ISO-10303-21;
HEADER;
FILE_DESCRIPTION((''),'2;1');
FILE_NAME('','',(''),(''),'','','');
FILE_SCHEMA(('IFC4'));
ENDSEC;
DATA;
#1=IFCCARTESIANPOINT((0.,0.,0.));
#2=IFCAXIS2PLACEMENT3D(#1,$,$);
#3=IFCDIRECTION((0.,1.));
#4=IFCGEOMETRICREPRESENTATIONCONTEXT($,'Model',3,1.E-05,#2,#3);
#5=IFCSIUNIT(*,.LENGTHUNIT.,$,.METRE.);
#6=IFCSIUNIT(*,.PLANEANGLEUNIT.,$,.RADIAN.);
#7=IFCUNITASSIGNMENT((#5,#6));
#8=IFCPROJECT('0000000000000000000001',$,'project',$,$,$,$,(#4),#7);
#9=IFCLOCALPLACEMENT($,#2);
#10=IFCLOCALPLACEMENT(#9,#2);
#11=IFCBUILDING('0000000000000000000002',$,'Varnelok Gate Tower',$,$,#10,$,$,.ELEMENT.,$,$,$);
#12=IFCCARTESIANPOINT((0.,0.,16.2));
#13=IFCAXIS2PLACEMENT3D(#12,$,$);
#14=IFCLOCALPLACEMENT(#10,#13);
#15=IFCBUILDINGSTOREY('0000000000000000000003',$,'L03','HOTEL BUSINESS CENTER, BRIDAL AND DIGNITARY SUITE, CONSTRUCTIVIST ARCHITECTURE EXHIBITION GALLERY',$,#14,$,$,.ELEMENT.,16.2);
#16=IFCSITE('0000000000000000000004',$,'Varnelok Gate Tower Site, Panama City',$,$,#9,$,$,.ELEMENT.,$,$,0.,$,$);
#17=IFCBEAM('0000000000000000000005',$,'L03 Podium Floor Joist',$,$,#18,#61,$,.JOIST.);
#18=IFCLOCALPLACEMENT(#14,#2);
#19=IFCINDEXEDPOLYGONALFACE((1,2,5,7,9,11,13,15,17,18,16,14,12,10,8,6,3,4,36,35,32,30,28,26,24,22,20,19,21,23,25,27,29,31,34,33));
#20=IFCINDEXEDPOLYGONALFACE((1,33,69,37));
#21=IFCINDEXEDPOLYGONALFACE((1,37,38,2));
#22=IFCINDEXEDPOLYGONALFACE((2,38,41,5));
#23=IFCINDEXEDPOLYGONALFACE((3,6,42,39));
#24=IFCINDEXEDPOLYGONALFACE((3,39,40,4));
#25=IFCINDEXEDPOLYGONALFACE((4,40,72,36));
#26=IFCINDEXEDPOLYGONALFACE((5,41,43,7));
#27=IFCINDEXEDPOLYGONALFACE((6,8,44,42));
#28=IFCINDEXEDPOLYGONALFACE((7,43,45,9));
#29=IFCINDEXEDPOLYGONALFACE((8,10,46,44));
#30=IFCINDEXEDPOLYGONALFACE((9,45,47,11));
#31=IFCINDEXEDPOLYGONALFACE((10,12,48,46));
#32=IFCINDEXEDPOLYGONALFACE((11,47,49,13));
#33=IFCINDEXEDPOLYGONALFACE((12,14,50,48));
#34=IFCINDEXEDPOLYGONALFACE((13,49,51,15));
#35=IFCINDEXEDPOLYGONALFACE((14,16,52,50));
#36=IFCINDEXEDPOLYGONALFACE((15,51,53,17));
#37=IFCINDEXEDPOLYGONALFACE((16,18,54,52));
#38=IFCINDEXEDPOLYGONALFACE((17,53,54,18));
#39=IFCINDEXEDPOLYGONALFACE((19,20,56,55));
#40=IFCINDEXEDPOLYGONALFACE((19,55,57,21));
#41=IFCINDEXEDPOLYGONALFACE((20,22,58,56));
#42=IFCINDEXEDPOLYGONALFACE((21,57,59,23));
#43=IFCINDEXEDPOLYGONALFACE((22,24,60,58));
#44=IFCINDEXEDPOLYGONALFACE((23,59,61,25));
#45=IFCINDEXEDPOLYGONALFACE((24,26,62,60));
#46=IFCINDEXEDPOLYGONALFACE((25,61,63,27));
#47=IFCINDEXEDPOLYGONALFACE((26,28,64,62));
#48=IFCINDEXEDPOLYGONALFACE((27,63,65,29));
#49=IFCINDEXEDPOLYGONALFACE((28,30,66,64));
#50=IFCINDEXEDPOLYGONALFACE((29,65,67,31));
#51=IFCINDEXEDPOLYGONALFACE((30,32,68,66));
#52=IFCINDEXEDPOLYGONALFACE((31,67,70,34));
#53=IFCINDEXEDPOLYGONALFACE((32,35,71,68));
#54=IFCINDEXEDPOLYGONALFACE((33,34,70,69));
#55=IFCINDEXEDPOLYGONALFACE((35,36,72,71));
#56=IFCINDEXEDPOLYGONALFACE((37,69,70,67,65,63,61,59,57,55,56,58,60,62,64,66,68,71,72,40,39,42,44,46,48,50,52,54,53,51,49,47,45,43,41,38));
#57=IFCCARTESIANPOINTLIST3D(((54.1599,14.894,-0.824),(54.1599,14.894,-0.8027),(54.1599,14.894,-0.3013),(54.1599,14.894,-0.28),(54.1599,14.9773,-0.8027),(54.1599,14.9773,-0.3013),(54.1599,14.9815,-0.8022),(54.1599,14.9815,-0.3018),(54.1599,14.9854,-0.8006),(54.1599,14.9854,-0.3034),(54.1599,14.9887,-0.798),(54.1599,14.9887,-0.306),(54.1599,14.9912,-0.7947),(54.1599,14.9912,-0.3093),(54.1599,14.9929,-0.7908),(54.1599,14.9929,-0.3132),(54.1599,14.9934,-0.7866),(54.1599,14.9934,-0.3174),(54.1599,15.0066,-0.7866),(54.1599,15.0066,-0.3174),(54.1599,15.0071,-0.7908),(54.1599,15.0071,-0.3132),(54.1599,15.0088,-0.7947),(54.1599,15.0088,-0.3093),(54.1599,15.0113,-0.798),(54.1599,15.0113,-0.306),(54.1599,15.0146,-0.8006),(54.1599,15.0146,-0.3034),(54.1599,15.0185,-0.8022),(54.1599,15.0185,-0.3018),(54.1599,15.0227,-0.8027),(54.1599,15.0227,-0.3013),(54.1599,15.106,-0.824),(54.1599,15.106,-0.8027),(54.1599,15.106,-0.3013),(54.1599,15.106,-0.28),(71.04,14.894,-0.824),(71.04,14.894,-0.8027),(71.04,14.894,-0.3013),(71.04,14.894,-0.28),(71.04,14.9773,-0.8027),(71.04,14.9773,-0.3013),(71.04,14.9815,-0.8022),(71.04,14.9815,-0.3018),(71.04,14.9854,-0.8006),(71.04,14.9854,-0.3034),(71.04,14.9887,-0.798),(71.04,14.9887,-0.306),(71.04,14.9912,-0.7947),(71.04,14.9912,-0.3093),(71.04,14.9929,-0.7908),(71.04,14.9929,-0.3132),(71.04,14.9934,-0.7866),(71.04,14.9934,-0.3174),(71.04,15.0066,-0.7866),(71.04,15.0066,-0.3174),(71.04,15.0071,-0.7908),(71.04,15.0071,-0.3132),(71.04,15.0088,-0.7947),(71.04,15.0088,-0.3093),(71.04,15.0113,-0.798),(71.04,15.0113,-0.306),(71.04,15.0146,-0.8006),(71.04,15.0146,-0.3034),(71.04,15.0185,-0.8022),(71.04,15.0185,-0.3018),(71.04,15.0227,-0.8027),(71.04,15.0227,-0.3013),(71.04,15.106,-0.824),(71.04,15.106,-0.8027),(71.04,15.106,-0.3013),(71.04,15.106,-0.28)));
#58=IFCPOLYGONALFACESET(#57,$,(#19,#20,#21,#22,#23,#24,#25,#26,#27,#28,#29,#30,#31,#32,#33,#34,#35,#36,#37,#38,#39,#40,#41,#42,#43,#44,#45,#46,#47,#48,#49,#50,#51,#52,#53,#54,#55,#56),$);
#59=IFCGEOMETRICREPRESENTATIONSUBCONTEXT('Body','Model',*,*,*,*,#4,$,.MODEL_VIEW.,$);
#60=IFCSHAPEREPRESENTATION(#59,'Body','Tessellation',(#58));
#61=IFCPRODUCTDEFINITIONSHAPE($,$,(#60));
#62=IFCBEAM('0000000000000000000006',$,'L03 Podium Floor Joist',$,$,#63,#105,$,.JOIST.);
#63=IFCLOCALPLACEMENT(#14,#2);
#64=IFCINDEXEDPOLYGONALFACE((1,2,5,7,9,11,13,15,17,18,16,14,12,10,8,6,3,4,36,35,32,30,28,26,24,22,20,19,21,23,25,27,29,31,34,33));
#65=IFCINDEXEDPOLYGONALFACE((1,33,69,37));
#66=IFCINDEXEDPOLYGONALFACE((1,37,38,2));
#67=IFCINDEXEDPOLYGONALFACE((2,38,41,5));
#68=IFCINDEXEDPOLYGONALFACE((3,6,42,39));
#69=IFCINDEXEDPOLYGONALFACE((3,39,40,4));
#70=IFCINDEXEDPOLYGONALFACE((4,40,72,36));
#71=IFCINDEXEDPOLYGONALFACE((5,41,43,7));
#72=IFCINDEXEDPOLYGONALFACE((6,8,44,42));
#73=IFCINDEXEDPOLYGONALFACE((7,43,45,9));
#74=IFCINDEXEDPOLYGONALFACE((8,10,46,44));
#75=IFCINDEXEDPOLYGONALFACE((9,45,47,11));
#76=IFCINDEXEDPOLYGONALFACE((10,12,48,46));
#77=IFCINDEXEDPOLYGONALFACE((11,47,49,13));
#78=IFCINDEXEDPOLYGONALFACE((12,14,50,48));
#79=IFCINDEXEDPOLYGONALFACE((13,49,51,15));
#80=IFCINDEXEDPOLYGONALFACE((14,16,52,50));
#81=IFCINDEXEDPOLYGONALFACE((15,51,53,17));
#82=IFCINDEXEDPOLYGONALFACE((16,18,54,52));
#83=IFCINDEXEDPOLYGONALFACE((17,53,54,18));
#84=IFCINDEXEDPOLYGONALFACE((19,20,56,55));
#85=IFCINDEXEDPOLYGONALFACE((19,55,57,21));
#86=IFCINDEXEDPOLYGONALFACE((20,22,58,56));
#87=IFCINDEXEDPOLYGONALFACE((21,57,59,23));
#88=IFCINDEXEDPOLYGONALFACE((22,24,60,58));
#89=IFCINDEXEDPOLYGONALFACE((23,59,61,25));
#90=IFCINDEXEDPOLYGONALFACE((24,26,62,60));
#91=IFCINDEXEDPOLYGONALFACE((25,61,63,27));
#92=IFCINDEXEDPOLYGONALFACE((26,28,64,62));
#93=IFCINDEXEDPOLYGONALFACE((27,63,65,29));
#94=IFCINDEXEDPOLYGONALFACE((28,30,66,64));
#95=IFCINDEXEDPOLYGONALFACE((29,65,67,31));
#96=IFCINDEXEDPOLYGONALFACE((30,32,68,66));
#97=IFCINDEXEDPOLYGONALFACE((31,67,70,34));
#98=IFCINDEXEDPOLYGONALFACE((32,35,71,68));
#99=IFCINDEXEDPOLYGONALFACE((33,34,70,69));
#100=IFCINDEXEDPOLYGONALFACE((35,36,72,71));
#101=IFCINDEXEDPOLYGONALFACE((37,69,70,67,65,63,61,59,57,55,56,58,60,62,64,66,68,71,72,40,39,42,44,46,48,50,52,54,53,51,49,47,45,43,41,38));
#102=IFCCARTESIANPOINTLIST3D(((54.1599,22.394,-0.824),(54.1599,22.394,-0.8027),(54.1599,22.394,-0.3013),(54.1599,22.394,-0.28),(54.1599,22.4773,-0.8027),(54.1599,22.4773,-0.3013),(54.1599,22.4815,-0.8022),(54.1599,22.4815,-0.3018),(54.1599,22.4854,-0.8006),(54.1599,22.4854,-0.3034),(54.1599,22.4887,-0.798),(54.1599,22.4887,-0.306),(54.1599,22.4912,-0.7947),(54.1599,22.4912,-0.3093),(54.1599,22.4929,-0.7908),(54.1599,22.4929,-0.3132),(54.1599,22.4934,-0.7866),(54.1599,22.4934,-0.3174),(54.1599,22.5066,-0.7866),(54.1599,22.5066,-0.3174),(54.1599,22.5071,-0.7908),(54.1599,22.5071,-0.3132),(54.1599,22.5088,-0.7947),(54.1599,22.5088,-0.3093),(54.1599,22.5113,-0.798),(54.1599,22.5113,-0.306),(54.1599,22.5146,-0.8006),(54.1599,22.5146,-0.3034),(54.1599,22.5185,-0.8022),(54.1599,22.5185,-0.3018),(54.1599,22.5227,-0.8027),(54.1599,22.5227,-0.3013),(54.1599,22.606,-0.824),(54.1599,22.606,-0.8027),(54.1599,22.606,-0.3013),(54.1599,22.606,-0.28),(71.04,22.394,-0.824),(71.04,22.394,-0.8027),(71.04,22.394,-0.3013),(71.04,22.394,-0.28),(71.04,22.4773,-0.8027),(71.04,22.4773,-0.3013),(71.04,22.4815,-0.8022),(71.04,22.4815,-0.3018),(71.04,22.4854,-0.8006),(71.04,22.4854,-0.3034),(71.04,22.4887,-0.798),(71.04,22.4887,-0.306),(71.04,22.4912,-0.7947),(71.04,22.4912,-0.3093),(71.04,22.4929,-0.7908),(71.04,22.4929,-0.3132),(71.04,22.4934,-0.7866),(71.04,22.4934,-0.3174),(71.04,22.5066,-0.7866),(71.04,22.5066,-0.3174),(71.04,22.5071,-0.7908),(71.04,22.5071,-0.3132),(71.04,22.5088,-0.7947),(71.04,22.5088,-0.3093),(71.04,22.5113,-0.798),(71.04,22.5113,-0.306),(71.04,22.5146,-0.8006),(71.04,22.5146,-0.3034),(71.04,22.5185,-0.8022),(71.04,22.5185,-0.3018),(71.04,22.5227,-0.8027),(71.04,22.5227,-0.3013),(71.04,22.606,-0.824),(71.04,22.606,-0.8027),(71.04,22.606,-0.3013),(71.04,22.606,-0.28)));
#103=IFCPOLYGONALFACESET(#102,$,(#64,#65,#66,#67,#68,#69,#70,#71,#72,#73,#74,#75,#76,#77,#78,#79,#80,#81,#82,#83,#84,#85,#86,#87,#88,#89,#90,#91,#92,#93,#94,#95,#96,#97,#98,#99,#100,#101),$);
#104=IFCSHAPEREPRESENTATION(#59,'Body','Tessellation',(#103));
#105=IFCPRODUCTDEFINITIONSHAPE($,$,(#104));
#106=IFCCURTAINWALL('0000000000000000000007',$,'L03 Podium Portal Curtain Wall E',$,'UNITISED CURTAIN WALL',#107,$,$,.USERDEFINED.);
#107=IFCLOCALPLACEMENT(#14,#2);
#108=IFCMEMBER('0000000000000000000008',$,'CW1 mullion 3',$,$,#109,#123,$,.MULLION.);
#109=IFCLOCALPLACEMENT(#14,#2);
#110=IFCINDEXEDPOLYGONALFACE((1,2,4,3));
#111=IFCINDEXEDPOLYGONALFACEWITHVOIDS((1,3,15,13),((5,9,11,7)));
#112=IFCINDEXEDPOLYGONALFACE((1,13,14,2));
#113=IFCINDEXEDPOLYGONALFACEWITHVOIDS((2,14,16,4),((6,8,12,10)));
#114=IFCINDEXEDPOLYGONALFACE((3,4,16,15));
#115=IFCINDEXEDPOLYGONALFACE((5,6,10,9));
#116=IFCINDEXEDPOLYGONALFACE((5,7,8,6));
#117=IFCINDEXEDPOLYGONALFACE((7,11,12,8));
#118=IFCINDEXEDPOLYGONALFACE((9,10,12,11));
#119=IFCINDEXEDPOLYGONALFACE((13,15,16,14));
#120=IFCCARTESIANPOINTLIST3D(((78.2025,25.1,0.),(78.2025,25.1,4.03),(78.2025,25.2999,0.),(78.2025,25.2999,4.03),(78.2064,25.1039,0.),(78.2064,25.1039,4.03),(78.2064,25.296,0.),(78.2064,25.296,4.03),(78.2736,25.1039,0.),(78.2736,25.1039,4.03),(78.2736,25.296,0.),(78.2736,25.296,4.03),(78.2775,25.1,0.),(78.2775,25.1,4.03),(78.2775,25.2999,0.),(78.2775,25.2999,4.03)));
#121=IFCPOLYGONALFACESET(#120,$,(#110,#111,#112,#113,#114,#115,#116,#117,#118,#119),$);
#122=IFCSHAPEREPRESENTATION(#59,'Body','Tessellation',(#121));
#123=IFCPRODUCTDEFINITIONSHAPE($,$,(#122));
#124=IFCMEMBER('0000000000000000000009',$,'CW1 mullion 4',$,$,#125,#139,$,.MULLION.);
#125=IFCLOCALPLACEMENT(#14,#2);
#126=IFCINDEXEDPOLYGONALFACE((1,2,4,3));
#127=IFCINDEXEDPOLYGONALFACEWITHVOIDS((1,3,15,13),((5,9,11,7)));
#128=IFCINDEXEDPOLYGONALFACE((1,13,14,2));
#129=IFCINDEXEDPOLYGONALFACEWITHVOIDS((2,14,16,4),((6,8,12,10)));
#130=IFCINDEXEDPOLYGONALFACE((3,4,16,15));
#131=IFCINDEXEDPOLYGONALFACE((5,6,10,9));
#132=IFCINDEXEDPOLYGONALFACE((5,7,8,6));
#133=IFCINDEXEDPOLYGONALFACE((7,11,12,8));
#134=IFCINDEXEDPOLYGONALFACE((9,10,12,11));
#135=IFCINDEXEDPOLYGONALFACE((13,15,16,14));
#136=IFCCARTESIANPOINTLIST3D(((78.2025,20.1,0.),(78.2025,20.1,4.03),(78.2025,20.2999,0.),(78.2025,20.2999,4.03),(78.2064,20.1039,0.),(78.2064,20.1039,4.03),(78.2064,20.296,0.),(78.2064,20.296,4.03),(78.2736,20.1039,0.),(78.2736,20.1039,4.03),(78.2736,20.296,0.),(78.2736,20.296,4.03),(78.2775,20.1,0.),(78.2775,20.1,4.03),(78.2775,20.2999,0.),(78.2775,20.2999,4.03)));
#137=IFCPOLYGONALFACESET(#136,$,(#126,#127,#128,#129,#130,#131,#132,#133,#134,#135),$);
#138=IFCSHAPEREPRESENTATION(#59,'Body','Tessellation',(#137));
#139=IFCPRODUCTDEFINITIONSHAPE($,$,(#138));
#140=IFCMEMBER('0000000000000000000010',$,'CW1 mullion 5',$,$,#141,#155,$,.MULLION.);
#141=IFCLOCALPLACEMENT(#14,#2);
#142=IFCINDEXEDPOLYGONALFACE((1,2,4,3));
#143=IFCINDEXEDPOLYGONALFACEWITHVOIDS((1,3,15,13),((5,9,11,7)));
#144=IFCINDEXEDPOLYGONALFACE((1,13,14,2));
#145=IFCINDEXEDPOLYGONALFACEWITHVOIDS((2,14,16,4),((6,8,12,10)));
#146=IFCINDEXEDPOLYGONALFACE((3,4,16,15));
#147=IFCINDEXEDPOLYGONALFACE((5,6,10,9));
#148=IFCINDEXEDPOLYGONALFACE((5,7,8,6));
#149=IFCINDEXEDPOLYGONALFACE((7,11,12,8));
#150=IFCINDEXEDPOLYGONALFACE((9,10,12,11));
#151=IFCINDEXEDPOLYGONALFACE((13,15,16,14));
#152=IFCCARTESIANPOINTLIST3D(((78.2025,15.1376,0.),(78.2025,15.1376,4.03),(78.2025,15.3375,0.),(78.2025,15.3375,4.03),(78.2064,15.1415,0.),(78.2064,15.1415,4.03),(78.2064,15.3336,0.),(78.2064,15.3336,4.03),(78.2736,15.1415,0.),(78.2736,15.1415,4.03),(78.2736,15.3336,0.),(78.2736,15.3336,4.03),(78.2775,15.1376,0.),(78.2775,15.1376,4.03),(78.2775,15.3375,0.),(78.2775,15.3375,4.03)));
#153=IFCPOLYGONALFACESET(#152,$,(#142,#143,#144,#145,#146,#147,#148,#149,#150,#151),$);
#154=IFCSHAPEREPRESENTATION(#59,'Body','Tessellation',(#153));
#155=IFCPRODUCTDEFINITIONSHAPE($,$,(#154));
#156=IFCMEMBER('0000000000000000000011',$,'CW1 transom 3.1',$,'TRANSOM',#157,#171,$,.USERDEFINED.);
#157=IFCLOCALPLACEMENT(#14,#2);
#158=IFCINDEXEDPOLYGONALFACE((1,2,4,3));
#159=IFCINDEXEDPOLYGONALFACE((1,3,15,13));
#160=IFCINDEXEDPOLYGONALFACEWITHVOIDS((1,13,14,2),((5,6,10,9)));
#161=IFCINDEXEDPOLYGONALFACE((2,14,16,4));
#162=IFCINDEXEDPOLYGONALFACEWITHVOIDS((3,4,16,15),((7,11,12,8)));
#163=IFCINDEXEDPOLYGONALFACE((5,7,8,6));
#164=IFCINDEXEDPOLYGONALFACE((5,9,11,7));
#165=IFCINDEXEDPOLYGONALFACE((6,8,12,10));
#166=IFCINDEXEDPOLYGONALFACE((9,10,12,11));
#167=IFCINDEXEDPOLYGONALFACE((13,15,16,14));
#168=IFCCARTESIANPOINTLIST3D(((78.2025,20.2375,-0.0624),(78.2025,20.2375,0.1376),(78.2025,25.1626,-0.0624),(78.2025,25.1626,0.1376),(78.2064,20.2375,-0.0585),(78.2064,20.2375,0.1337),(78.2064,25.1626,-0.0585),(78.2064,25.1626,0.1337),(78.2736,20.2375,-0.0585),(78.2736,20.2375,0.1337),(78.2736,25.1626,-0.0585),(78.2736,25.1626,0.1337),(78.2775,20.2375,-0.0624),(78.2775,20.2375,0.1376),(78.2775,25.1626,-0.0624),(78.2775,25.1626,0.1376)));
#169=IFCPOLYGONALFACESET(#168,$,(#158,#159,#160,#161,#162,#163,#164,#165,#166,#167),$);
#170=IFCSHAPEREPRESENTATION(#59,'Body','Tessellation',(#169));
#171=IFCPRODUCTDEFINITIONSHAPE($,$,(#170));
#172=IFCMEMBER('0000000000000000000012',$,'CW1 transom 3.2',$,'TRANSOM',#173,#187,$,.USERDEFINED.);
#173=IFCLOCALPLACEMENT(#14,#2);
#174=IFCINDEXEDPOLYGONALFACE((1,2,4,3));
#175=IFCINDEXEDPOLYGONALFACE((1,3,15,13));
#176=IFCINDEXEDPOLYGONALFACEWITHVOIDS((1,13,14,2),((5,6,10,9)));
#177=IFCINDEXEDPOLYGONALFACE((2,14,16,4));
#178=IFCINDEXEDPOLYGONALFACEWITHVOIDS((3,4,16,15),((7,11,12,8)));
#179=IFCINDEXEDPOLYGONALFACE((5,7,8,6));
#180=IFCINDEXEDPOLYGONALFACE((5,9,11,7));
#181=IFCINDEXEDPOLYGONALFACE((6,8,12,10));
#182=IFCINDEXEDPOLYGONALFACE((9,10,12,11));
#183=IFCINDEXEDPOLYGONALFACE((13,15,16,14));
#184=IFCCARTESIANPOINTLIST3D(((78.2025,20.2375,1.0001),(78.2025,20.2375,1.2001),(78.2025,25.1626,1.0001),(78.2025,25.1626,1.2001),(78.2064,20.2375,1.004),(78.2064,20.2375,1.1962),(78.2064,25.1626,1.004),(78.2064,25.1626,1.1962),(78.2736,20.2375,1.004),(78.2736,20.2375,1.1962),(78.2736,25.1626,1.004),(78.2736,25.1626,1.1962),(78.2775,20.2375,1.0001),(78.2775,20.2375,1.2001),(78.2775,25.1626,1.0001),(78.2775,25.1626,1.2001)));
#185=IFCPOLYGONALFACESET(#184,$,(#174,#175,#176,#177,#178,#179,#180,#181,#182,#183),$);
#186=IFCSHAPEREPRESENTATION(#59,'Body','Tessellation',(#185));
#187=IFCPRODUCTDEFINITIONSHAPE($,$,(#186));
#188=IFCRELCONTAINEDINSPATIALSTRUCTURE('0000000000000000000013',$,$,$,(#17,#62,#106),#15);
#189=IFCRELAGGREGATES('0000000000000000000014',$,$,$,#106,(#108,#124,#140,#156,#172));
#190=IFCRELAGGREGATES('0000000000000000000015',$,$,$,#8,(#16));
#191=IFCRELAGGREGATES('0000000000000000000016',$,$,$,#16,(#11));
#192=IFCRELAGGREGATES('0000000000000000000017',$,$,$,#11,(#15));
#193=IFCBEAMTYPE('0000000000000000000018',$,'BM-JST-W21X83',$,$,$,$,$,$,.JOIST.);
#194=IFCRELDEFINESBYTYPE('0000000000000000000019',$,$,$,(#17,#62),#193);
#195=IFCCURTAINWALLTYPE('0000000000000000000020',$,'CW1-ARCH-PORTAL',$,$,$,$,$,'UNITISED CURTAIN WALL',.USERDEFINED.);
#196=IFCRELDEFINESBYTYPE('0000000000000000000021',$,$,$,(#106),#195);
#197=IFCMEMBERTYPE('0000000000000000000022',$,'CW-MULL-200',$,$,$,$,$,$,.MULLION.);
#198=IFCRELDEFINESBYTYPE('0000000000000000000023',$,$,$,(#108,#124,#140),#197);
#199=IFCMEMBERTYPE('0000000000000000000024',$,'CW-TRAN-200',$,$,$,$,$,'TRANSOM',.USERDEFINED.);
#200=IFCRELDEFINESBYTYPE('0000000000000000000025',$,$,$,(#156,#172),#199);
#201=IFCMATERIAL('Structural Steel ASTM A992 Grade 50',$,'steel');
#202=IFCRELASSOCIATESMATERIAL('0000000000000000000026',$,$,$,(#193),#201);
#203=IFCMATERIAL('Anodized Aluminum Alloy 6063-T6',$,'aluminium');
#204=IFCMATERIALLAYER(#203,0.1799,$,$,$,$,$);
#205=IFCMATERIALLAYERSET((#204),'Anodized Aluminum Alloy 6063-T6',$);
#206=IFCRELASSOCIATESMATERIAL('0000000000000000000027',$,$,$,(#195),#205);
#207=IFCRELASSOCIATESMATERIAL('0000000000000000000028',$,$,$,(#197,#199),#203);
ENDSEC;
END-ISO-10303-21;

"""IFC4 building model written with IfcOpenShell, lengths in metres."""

from ifc_helpers import new_model, si_unit, direction, frame, origin, origin_2d, place, context, subcontext, project, spatial, hollow_rectangle, i_section, extrude, material, layer, layer_set, material_profile, profile_set, type_object, element, aggregate, save


model = new_model("IFC4")

# Units and contexts
model_context = context("Model", 3, precision=1e-05, world=origin(), true_north=direction((0.0, 1.0)))
body_context = subcontext(model_context, "Body", "Model", "MODEL_VIEW")
ifc_project = project(units=[si_unit("LENGTHUNIT", "METRE"), si_unit("PLANEANGLEUNIT", "RADIAN")], contexts=[model_context])

# Site, building, storey
site_placement = place(None, origin())
site = spatial("IfcSite", under=ifc_project, at=site_placement, Name="Varnelok Gate Tower Site, Panama City", CompositionType="ELEMENT", RefElevation=0.0)
building_placement = place(site_placement, origin())
building = spatial("IfcBuilding", under=site, at=building_placement, Name="Varnelok Gate Tower", CompositionType="ELEMENT")
storey_placement = place(building_placement, frame((0.0, 0.0, 16.2)))
storey = spatial("IfcBuildingStorey", under=building, at=storey_placement, Name="L03", Description="HOTEL BUSINESS CENTER, BRIDAL AND DIGNITARY SUITE, CONSTRUCTIVIST ARCHITECTURE EXHIBITION GALLERY", CompositionType="ELEMENT", Elevation=16.2)

# Beams
ifc_material_1 = material(Name="Structural Steel ASTM A992 Grade 50", Category="steel")
ifc_material_profile_1 = material_profile(ifc_material_1, i_section(OverallWidth=0.2119, OverallDepth=0.5439, WebThickness=0.0132, FlangeThickness=0.0212, FilletRadius=0.0161, at=origin_2d()), Name="W21X83")
ifc_profile_set_1 = profile_set([ifc_material_profile_1], Name="Structural Steel ASTM A992 Grade 50")
beam_type = type_object("IfcBeamType", Name="BM-JST-W21X83", PredefinedType="JOIST", material=ifc_profile_set_1)
for number, where, z_axis, x_axis, name in (
    (1, (54.1599, 15.0, -0.552), (1.0, 0.0, 0.0), (0.0, 1.0, 0.0), "L03 Podium Floor Joist"),
    (2, (54.1599, 22.5, -0.552), (1.0, 0.0, 0.0), (0.0, 1.0, 0.0), "L03 Podium Floor Joist"),
):
    element("IfcBeam", number, at=place(storey_placement, frame(where, z_axis=z_axis, x_axis=x_axis)), inside=storey, type_object=beam_type, Name=name, PredefinedType="JOIST", context=body_context, shape_type="SweptSolid", body=[
        extrude(i_section(OverallWidth=0.2119, OverallDepth=0.5439, WebThickness=0.0132, FlangeThickness=0.0212, FilletRadius=0.0161, at=origin_2d()), origin(), (0.0, 0.0, 1.0), 16.8801),
    ])

# Curtain wall, members
ifc_material_2 = material(Name="Anodized Aluminum Alloy 6063-T6", Category="aluminium")
ifc_layer_1 = layer(ifc_material_2, 0.1799)
ifc_layer_set_1 = layer_set([ifc_layer_1], Name="Anodized Aluminum Alloy 6063-T6")
curtain_wall_type = type_object("IfcCurtainWallType", Name="CW1-ARCH-PORTAL", ElementType="UNITISED CURTAIN WALL", PredefinedType="USERDEFINED", material=ifc_layer_set_1)
curtain_wall_placement = place(storey_placement, origin())
curtain_wall = element("IfcCurtainWall", 3, at=curtain_wall_placement, inside=storey, type_object=curtain_wall_type, Name="L03 Podium Portal Curtain Wall E", ObjectType="UNITISED CURTAIN WALL", PredefinedType="USERDEFINED")
ifc_material_profile_2 = material_profile(ifc_material_2, hollow_rectangle(XDim=0.075, YDim=0.2, WallThickness=0.0039, at=origin_2d()), Name="ALU200X75X4")
ifc_profile_set_2 = profile_set([ifc_material_profile_2], Name="Anodized Aluminum Alloy 6063-T6")
member_type_1 = type_object("IfcMemberType", Name="CW-MULL-200", PredefinedType="MULLION", material=ifc_profile_set_2)
member_1_placement = place(storey_placement, frame((78.24, 25.2, 0.0), z_axis=(0.0, 0.0, 1.0), x_axis=(1.0, 0.0, 0.0)))
member_1 = element("IfcMember", 4, at=member_1_placement, type_object=member_type_1, Name="CW1 mullion 3", PredefinedType="MULLION", context=body_context, shape_type="SweptSolid", body=[
    extrude(hollow_rectangle(XDim=0.075, YDim=0.2, WallThickness=0.0039, at=origin_2d()), origin(), (0.0, 0.0, 1.0), 4.03),
])
member_2_placement = place(storey_placement, frame((78.24, 20.2, 0.0), z_axis=(0.0, 0.0, 1.0), x_axis=(1.0, 0.0, 0.0)))
member_2 = element("IfcMember", 5, at=member_2_placement, type_object=member_type_1, Name="CW1 mullion 4", PredefinedType="MULLION", context=body_context, shape_type="SweptSolid", body=[
    extrude(hollow_rectangle(XDim=0.075, YDim=0.2, WallThickness=0.0039, at=origin_2d()), origin(), (0.0, 0.0, 1.0), 4.03),
])
member_3_placement = place(storey_placement, frame((78.24, 15.2375, 0.0), z_axis=(0.0, 0.0, 1.0), x_axis=(1.0, 0.0, 0.0)))
member_3 = element("IfcMember", 6, at=member_3_placement, type_object=member_type_1, Name="CW1 mullion 5", PredefinedType="MULLION", context=body_context, shape_type="SweptSolid", body=[
    extrude(hollow_rectangle(XDim=0.075, YDim=0.2, WallThickness=0.0039, at=origin_2d()), origin(), (0.0, 0.0, 1.0), 4.03),
])
ifc_material_profile_3 = material_profile(ifc_material_2, hollow_rectangle(XDim=0.075, YDim=0.2, WallThickness=0.0039, at=origin_2d()), Name="ALU200X75X4")
ifc_profile_set_3 = profile_set([ifc_material_profile_3], Name="Anodized Aluminum Alloy 6063-T6")
member_type_2 = type_object("IfcMemberType", Name="CW-TRAN-200", ElementType="TRANSOM", PredefinedType="USERDEFINED", material=ifc_profile_set_3)
member_4_placement = place(storey_placement, frame((78.24, 25.1626, 0.0376), z_axis=(0.0, -1.0, 0.0), x_axis=(1.0, 0.0, 0.0)))
member_4 = element("IfcMember", 7, at=member_4_placement, type_object=member_type_2, Name="CW1 transom 3.1", ObjectType="TRANSOM", PredefinedType="USERDEFINED", context=body_context, shape_type="SweptSolid", body=[
    extrude(hollow_rectangle(XDim=0.075, YDim=0.2, WallThickness=0.0039, at=origin_2d()), origin(), (0.0, 0.0, 1.0), 4.925),
])
member_5_placement = place(storey_placement, frame((78.24, 25.1626, 1.1001), z_axis=(0.0, -1.0, 0.0), x_axis=(1.0, 0.0, 0.0)))
member_5 = element("IfcMember", 8, at=member_5_placement, type_object=member_type_2, Name="CW1 transom 3.2", ObjectType="TRANSOM", PredefinedType="USERDEFINED", context=body_context, shape_type="SweptSolid", body=[
    extrude(hollow_rectangle(XDim=0.075, YDim=0.2, WallThickness=0.0039, at=origin_2d()), origin(), (0.0, 0.0, 1.0), 4.925),
])
aggregate(curtain_wall, [member_1, member_2, member_3, member_4, member_5])

save(model, "model.ifc")
